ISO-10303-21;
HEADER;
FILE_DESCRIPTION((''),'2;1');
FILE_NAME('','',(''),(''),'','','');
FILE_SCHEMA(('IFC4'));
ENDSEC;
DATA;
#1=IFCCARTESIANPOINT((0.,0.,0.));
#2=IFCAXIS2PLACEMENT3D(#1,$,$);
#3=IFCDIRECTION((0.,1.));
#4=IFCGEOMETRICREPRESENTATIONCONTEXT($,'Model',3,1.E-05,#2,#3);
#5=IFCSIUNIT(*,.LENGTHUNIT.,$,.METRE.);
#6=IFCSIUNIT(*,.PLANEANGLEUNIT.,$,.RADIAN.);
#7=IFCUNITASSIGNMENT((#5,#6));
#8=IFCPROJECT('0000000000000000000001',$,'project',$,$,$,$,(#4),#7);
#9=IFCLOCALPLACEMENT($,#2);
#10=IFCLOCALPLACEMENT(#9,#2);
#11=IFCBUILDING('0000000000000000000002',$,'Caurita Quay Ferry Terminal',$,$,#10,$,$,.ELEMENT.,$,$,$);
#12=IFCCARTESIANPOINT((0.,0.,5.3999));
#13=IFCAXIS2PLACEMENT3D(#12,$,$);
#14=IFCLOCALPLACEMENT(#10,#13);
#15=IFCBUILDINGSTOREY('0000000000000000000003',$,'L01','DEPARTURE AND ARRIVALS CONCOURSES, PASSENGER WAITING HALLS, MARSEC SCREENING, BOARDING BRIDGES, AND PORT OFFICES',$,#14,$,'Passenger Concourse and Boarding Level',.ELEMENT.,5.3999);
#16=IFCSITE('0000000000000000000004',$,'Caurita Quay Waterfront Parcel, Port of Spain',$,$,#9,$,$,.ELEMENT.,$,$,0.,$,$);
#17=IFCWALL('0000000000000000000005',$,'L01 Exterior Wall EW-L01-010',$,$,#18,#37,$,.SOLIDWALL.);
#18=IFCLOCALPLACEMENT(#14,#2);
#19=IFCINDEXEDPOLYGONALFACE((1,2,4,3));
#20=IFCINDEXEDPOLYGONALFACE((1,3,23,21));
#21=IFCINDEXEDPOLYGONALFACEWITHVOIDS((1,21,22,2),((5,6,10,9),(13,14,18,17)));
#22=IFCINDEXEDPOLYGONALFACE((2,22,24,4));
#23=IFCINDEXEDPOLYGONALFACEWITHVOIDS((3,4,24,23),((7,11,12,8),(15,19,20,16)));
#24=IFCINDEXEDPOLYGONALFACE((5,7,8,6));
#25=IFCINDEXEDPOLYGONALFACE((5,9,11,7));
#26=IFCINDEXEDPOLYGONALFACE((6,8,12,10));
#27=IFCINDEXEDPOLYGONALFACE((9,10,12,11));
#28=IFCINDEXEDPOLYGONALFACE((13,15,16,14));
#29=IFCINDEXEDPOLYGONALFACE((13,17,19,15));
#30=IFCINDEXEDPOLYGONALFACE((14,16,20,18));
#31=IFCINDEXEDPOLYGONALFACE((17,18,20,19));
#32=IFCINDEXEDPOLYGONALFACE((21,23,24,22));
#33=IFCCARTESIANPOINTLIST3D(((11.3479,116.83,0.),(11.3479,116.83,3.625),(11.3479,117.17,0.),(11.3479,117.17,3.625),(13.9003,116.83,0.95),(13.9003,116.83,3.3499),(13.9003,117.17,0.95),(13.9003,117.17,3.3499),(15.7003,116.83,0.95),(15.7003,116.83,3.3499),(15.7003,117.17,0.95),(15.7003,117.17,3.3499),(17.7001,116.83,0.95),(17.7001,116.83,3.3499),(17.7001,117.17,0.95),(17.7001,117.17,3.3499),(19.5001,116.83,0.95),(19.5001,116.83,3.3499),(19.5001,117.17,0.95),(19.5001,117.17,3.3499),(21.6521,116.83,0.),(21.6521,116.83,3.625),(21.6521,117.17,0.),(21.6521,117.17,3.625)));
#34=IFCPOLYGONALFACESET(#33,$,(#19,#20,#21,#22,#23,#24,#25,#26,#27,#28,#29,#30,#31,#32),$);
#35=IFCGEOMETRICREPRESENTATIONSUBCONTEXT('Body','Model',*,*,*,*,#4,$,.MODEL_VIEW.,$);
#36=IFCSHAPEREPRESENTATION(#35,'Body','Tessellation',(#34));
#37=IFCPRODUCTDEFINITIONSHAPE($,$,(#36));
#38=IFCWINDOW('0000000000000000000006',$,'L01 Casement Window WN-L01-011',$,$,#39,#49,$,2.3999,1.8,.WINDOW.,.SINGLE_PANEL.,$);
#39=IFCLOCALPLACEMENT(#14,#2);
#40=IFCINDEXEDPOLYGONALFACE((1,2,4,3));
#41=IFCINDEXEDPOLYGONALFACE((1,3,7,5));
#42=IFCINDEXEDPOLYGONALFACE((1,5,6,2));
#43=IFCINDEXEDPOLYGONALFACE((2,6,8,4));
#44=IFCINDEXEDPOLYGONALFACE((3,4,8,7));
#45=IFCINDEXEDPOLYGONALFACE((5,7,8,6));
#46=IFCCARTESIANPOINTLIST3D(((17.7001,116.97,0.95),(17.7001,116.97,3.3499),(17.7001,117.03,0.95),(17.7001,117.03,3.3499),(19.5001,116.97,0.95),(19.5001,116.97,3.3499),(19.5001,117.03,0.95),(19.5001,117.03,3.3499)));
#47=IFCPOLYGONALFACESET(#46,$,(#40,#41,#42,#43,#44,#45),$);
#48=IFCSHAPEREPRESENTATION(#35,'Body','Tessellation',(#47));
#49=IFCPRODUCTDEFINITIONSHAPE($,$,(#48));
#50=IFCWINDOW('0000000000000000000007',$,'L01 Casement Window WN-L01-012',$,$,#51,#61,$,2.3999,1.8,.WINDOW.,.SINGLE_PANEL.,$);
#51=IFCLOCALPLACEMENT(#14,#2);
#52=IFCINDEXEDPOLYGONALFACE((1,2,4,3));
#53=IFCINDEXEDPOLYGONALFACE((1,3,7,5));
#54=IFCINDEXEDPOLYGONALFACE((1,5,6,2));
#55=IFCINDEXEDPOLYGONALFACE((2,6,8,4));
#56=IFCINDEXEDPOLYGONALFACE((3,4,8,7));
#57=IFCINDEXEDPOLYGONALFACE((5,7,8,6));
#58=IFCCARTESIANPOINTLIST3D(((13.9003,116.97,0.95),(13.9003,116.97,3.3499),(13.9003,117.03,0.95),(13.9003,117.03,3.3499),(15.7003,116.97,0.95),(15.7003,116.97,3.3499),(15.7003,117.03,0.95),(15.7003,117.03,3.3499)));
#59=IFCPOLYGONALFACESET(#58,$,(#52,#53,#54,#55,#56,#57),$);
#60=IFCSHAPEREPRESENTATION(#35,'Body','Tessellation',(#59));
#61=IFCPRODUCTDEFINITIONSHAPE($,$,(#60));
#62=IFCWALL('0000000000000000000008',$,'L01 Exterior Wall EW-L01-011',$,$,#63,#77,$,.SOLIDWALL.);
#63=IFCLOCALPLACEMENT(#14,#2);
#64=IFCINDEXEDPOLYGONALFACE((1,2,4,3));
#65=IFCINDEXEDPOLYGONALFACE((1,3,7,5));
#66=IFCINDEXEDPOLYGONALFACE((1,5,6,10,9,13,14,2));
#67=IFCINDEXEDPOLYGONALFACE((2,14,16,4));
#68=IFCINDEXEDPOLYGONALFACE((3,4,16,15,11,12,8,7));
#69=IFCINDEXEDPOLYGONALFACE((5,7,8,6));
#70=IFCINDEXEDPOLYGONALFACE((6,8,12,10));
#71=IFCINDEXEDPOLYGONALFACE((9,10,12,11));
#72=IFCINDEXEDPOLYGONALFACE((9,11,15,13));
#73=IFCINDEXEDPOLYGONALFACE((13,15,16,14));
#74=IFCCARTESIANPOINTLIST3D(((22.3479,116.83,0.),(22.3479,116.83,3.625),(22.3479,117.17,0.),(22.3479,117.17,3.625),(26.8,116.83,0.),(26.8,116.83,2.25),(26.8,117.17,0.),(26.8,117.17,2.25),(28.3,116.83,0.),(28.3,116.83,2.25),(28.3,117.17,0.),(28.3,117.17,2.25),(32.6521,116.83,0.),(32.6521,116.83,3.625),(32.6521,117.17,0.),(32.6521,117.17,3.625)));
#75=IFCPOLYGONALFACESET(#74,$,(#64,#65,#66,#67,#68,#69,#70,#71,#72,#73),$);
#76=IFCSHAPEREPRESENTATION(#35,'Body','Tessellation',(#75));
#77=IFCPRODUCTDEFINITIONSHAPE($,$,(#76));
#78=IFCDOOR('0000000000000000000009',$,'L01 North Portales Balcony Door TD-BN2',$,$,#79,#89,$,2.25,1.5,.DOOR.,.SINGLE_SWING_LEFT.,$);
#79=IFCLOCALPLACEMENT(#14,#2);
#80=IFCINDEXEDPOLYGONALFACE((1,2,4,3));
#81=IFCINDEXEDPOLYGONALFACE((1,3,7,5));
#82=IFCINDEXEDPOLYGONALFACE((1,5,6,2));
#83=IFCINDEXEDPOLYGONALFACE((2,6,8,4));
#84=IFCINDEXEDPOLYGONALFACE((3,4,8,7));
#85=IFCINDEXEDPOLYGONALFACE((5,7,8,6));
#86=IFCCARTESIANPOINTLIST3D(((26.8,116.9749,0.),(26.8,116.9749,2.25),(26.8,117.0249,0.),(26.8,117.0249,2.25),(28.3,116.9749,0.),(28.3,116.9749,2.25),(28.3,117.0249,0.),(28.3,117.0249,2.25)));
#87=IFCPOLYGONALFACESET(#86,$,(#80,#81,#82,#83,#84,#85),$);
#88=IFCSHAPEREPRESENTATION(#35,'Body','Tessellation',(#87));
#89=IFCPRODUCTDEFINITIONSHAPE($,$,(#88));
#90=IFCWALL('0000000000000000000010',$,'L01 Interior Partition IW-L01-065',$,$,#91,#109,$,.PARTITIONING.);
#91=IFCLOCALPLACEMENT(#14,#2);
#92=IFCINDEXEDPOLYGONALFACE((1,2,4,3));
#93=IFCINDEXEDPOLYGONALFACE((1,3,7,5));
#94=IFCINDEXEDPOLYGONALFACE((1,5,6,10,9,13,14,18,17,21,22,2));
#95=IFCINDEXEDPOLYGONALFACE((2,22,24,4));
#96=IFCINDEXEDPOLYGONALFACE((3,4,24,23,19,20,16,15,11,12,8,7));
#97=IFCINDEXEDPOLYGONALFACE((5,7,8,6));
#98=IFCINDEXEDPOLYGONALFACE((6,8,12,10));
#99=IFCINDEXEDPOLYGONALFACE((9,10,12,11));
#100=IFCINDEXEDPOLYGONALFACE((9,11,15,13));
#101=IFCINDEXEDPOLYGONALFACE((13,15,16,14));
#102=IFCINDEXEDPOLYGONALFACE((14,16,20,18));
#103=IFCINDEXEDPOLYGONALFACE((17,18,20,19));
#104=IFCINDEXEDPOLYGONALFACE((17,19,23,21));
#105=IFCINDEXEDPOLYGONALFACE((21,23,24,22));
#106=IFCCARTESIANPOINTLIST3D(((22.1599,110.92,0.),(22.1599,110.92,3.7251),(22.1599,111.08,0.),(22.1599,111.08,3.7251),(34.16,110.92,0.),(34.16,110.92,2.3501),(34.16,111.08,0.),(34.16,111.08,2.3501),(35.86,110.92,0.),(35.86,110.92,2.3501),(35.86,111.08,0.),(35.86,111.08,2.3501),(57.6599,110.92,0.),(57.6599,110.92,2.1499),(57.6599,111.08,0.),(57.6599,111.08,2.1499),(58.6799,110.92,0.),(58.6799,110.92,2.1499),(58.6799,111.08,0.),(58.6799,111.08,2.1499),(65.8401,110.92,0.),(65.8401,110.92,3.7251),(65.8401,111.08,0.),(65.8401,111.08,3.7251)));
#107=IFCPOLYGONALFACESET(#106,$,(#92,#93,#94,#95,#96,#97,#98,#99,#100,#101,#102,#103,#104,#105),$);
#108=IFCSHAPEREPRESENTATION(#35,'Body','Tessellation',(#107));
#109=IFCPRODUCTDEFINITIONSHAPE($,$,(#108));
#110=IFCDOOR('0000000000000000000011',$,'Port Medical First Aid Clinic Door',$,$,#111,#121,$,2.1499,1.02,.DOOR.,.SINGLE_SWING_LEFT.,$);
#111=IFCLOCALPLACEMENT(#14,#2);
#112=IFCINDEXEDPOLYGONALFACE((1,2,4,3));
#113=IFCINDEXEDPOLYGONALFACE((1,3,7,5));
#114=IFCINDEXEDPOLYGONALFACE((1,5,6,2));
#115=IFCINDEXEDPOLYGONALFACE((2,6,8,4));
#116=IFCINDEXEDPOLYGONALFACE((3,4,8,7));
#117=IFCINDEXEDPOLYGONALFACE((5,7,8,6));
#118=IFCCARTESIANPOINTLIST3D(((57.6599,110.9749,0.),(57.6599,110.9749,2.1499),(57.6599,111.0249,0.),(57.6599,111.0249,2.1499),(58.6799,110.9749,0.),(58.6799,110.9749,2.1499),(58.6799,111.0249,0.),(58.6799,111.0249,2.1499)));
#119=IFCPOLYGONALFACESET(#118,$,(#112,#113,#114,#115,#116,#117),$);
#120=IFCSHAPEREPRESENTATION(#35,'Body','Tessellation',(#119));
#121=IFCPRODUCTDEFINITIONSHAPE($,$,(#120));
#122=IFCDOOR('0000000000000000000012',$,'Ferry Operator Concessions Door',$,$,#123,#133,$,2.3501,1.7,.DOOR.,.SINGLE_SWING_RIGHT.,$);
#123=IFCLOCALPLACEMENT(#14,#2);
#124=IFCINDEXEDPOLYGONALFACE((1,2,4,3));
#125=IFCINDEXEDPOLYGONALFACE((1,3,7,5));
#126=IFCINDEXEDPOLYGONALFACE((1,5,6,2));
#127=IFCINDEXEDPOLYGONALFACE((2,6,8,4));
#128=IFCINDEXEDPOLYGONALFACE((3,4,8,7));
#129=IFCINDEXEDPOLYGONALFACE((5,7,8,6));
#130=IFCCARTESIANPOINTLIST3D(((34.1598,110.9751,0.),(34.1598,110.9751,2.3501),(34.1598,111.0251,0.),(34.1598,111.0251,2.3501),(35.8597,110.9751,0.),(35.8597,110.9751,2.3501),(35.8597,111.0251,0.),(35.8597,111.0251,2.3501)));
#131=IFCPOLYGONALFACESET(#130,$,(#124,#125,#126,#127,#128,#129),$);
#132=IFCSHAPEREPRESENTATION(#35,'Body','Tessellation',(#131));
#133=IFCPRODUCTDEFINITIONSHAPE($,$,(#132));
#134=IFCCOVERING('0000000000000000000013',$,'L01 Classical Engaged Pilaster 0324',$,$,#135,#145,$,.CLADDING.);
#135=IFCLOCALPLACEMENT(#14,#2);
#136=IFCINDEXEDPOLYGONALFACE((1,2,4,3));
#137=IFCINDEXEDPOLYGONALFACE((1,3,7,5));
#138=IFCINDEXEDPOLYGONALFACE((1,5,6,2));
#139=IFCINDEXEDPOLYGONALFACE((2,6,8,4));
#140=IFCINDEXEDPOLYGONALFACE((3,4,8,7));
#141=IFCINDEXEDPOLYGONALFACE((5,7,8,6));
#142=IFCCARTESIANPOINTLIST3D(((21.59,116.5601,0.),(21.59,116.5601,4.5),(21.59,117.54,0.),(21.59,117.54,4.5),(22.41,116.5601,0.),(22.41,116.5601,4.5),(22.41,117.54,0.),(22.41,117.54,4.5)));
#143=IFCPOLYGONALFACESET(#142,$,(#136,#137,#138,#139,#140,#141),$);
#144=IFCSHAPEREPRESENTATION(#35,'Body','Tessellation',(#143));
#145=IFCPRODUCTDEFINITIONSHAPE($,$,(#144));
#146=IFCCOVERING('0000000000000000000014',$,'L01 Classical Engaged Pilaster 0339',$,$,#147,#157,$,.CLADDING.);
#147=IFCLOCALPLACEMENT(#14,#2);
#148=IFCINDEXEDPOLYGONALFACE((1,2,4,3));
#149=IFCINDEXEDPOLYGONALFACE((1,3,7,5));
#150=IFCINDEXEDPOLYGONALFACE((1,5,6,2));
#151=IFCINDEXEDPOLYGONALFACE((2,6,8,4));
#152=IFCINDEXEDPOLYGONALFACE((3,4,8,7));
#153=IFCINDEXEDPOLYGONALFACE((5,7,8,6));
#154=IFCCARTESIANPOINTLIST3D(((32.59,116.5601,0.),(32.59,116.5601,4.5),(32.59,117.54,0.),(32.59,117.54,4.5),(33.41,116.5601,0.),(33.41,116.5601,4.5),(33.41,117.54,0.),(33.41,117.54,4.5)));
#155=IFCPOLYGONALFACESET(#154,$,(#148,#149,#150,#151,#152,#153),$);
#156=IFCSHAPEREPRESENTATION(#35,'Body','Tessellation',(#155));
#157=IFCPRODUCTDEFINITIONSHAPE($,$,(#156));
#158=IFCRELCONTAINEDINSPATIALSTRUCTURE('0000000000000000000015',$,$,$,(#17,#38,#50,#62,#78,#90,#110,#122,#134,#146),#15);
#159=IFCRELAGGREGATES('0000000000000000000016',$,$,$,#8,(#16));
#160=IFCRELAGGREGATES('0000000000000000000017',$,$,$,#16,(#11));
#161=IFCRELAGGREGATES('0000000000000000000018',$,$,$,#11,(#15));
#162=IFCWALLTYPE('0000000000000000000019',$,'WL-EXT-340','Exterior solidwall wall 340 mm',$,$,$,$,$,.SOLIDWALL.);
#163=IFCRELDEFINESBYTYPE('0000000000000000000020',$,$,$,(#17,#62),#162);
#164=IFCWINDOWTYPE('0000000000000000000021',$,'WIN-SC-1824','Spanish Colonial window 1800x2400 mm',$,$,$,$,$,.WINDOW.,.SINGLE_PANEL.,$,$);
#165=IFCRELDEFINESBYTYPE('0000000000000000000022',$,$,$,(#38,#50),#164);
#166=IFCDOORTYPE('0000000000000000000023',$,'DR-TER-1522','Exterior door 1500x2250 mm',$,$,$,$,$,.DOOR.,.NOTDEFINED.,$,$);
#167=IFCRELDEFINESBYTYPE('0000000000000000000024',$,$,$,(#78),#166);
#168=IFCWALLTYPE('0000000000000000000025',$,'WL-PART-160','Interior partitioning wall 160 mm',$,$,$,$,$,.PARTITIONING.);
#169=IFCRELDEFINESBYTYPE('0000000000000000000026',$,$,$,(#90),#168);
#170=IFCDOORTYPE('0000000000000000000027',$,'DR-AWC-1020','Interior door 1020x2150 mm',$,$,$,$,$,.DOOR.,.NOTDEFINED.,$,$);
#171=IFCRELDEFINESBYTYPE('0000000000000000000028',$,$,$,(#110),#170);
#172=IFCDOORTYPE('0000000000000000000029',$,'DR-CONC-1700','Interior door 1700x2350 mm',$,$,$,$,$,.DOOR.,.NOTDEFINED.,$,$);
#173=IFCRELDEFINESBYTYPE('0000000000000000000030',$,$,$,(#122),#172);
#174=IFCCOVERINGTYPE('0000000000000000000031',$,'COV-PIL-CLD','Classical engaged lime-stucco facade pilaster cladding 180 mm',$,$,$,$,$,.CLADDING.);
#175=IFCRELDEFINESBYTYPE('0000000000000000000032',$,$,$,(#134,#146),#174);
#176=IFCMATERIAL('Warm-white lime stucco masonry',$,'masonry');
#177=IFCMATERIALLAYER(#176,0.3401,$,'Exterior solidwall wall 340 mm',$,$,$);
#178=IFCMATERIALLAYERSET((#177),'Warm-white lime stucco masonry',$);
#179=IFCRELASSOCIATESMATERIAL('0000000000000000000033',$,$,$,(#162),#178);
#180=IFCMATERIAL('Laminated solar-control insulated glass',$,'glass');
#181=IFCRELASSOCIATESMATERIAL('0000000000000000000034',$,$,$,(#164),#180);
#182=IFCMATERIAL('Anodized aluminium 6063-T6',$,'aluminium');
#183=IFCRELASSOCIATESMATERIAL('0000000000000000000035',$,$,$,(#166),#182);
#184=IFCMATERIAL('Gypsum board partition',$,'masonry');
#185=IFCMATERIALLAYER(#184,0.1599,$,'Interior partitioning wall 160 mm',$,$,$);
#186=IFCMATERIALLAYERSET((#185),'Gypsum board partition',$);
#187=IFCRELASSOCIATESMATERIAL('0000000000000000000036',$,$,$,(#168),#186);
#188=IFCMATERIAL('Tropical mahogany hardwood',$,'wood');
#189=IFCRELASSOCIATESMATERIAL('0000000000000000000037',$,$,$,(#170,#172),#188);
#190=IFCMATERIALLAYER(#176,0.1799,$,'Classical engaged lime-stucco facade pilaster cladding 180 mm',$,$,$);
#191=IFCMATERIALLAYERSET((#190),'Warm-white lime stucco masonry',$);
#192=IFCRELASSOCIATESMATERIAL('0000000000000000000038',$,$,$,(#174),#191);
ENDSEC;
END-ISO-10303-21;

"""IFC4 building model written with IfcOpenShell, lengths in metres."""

from ifc_helpers import new_model, si_unit, direction, frame, frame_2d, origin, origin_2d, place, context, subcontext, project, spatial, rectangle, extrude, material, layer, layer_set, type_object, element, fill, save


model = new_model("IFC4")

# Units and contexts
model_context = context("Model", 3, precision=1e-05, world=origin(), true_north=direction((0.0, 1.0)))
body_context = subcontext(model_context, "Body", "Model", "MODEL_VIEW")
ifc_project = project(units=[si_unit("LENGTHUNIT", "METRE"), si_unit("PLANEANGLEUNIT", "RADIAN")], contexts=[model_context])

# Site, building, storey
site_placement = place(None, origin())
site = spatial("IfcSite", under=ifc_project, at=site_placement, Name="Caurita Quay Waterfront Parcel, Port of Spain", CompositionType="ELEMENT", RefElevation=0.0)
building_placement = place(site_placement, origin())
building = spatial("IfcBuilding", under=site, at=building_placement, Name="Caurita Quay Ferry Terminal", CompositionType="ELEMENT")
storey_placement = place(building_placement, frame((0.0, 0.0, 5.3999)))
storey = spatial("IfcBuildingStorey", under=building, at=storey_placement, Name="L01", Description="DEPARTURE AND ARRIVALS CONCOURSES, PASSENGER WAITING HALLS, MARSEC SCREENING, BOARDING BRIDGES, AND PORT OFFICES", LongName="Passenger Concourse and Boarding Level", CompositionType="ELEMENT", Elevation=5.3999)

# Shared definitions
ifc_material_1 = material(Name="Laminated solar-control insulated glass", Category="glass")
ifc_material_2 = material(Name="Anodized aluminium 6063-T6", Category="aluminium")

# Wall, openings, windows
ifc_material_3 = material(Name="Warm-white lime stucco masonry", Category="masonry")
ifc_layer_1 = layer(ifc_material_3, 0.3401, Name="Exterior solidwall wall 340 mm")
ifc_layer_set_1 = layer_set([ifc_layer_1], Name="Warm-white lime stucco masonry")
wall_type_1 = type_object("IfcWallType", Name="WL-EXT-340", Description="Exterior solidwall wall 340 mm", PredefinedType="SOLIDWALL", material=ifc_layer_set_1)
wall_1_placement = place(storey_placement, frame((21.6521, 117.0, 0.0), z_axis=(0.0, 0.0, 1.0), x_axis=(-1.0, 0.0, 0.0)))
wall_1 = element("IfcWall", 1, at=wall_1_placement, inside=storey, type_object=wall_type_1, Name="L01 Exterior Wall EW-L01-010", PredefinedType="SOLIDWALL", context=body_context, shape_type="SweptSolid", body=[
    extrude(rectangle(XDim=10.3042, YDim=0.3401, at=frame_2d((5.1521, 0.0))), origin(), (0.0, 0.0, 1.0), 3.625),
])
opening_1_placement = place(wall_1_placement, frame((2.1521, 0.0, 0.95)))
opening_1 = element("IfcOpeningElement", 2, at=opening_1_placement, cuts=wall_1, PredefinedType="OPENING", context=body_context, shape_type="SweptSolid", body=[
    extrude(rectangle(XDim=1.8, YDim=2.3999, at=frame_2d((0.8999, 1.2))), frame((0.0, 0.1799, 0.0), z_axis=(0.0, -1.0, 0.0), x_axis=(1.0, 0.0, 0.0)), (0.0, 0.0, 1.0), 0.3601),
])
opening_2_placement = place(wall_1_placement, frame((5.9519, 0.0, 0.95)))
opening_2 = element("IfcOpeningElement", 3, at=opening_2_placement, cuts=wall_1, PredefinedType="OPENING", context=body_context, shape_type="SweptSolid", body=[
    extrude(rectangle(XDim=1.8, YDim=2.3999, at=frame_2d((0.8999, 1.2))), frame((0.0, 0.1799, 0.0), z_axis=(0.0, -1.0, 0.0), x_axis=(1.0, 0.0, 0.0)), (0.0, 0.0, 1.0), 0.3601),
])
window_type = type_object("IfcWindowType", Name="WIN-SC-1824", Description="Spanish Colonial window 1800x2400 mm", PartitioningType="SINGLE_PANEL", PredefinedType="WINDOW", material=ifc_material_1)
window_1_placement = place(opening_1_placement, origin())
window_1 = element("IfcWindow", 4, at=window_1_placement, inside=storey, type_object=window_type, Name="L01 Casement Window WN-L01-011", OverallHeight=2.3999, OverallWidth=1.8, PartitioningType="SINGLE_PANEL", PredefinedType="WINDOW", context=body_context, shape_type="SweptSolid", body=[
    extrude(rectangle(XDim=1.8, YDim=2.3999, at=frame_2d((0.8999, 1.2))), frame((0.0, 0.03, 0.0), z_axis=(0.0, -1.0, 0.0), x_axis=(1.0, 0.0, 0.0)), (0.0, 0.0, 1.0), 0.0601),
])
fill(opening_1, window_1)
window_2_placement = place(opening_2_placement, origin())
window_2 = element("IfcWindow", 5, at=window_2_placement, inside=storey, type_object=window_type, Name="L01 Casement Window WN-L01-012", OverallHeight=2.3999, OverallWidth=1.8, PartitioningType="SINGLE_PANEL", PredefinedType="WINDOW", context=body_context, shape_type="SweptSolid", body=[
    extrude(rectangle(XDim=1.8, YDim=2.3999, at=frame_2d((0.8999, 1.2))), frame((0.0, 0.03, 0.0), z_axis=(0.0, -1.0, 0.0), x_axis=(1.0, 0.0, 0.0)), (0.0, 0.0, 1.0), 0.0601),
])
fill(opening_2, window_2)

# Wall, opening, door
wall_2_placement = place(storey_placement, frame((32.6521, 117.0, 0.0), z_axis=(0.0, 0.0, 1.0), x_axis=(-1.0, 0.0, 0.0)))
wall_2 = element("IfcWall", 6, at=wall_2_placement, inside=storey, type_object=wall_type_1, Name="L01 Exterior Wall EW-L01-011", PredefinedType="SOLIDWALL", context=body_context, shape_type="SweptSolid", body=[
    extrude(rectangle(XDim=10.3042, YDim=0.3401, at=frame_2d((5.1521, 0.0))), origin(), (0.0, 0.0, 1.0), 3.625),
])
opening_3_placement = place(wall_2_placement, frame((4.3521, 0.0, 0.0)))
opening_3 = element("IfcOpeningElement", 7, at=opening_3_placement, cuts=wall_2, PredefinedType="OPENING", context=body_context, shape_type="SweptSolid", body=[
    extrude(rectangle(XDim=1.5, YDim=2.25, at=frame_2d((0.75, 1.125))), frame((0.0, 0.1799, 0.0), z_axis=(0.0, -1.0, 0.0), x_axis=(1.0, 0.0, 0.0)), (0.0, 0.0, 1.0), 0.3601),
])
door_type_1 = type_object("IfcDoorType", Name="DR-TER-1522", Description="Exterior door 1500x2250 mm", OperationType="NOTDEFINED", PredefinedType="DOOR", material=ifc_material_2)
door_1_placement = place(opening_3_placement, frame((1.5, 0.0, 0.0), z_axis=(0.0, 0.0, 1.0), x_axis=(-1.0, 0.0, 0.0)))
door_1 = element("IfcDoor", 8, at=door_1_placement, inside=storey, type_object=door_type_1, Name="L01 North Portales Balcony Door TD-BN2", OperationType="SINGLE_SWING_LEFT", OverallHeight=2.25, OverallWidth=1.5, PredefinedType="DOOR", context=body_context, shape_type="SweptSolid", body=[
    extrude(rectangle(XDim=1.5, YDim=2.25, at=frame_2d((0.75, 1.125))), frame((0.0, 0.0249, 0.0), z_axis=(0.0, -1.0, 0.0), x_axis=(1.0, 0.0, 0.0)), (0.0, 0.0, 1.0), 0.05),
])
fill(opening_3, door_1)

# Wall, openings, doors
ifc_material_4 = material(Name="Gypsum board partition", Category="masonry")
ifc_layer_2 = layer(ifc_material_4, 0.1599, Name="Interior partitioning wall 160 mm")
ifc_layer_set_2 = layer_set([ifc_layer_2], Name="Gypsum board partition")
wall_type_2 = type_object("IfcWallType", Name="WL-PART-160", Description="Interior partitioning wall 160 mm", PredefinedType="PARTITIONING", material=ifc_layer_set_2)
wall_3_placement = place(storey_placement, frame((22.1599, 111.0, 0.0), z_axis=(0.0, 0.0, 1.0), x_axis=(1.0, 0.0, 0.0)))
wall_3 = element("IfcWall", 9, at=wall_3_placement, inside=storey, type_object=wall_type_2, Name="L01 Interior Partition IW-L01-065", PredefinedType="PARTITIONING", context=body_context, shape_type="SweptSolid", body=[
    extrude(rectangle(XDim=43.6802, YDim=0.1599, at=frame_2d((21.8401, 0.0))), origin(), (0.0, 0.0, 1.0), 3.7251),
])
opening_4_placement = place(wall_3_placement, frame((12.0, 0.0, 0.0)))
opening_4 = element("IfcOpeningElement", 10, at=opening_4_placement, cuts=wall_3, PredefinedType="OPENING", context=body_context, shape_type="SweptSolid", body=[
    extrude(rectangle(XDim=1.7, YDim=2.3501, at=frame_2d((0.8501, 1.175))), frame((0.0, 0.0898, 0.0), z_axis=(0.0, -1.0, 0.0), x_axis=(1.0, 0.0, 0.0)), (0.0, 0.0, 1.0), 0.1799),
])
opening_5_placement = place(wall_3_placement, frame((35.5, 0.0, 0.0)))
opening_5 = element("IfcOpeningElement", 11, at=opening_5_placement, cuts=wall_3, PredefinedType="OPENING", context=body_context, shape_type="SweptSolid", body=[
    extrude(rectangle(XDim=1.02, YDim=2.1499, at=frame_2d((0.51, 1.075))), frame((0.0, 0.0898, 0.0), z_axis=(0.0, -1.0, 0.0), x_axis=(1.0, 0.0, 0.0)), (0.0, 0.0, 1.0), 0.1799),
])
ifc_material_5 = material(Name="Tropical mahogany hardwood", Category="wood")
door_type_2 = type_object("IfcDoorType", Name="DR-AWC-1020", Description="Interior door 1020x2150 mm", OperationType="NOTDEFINED", PredefinedType="DOOR", material=ifc_material_5)
door_2_placement = place(opening_5_placement, origin())
door_2 = element("IfcDoor", 12, at=door_2_placement, inside=storey, type_object=door_type_2, Name="Port Medical First Aid Clinic Door", OperationType="SINGLE_SWING_LEFT", OverallHeight=2.1499, OverallWidth=1.02, PredefinedType="DOOR", context=body_context, shape_type="SweptSolid", body=[
    extrude(rectangle(XDim=1.02, YDim=2.1499, at=frame_2d((0.51, 1.075))), frame((0.0, 0.0249, 0.0), z_axis=(0.0, -1.0, 0.0), x_axis=(1.0, 0.0, 0.0)), (0.0, 0.0, 1.0), 0.05),
])
fill(opening_5, door_2)
door_type_3 = type_object("IfcDoorType", Name="DR-CONC-1700", Description="Interior door 1700x2350 mm", OperationType="NOTDEFINED", PredefinedType="DOOR", material=ifc_material_5)
door_3_placement = place(opening_4_placement, frame((1.7, 0.0, 0.0), z_axis=(0.0, 0.0, 1.0), x_axis=(-1.0, 0.0, 0.0)))
door_3 = element("IfcDoor", 13, at=door_3_placement, inside=storey, type_object=door_type_3, Name="Ferry Operator Concessions Door", OperationType="SINGLE_SWING_RIGHT", OverallHeight=2.3501, OverallWidth=1.7, PredefinedType="DOOR", context=body_context, shape_type="SweptSolid", body=[
    extrude(rectangle(XDim=1.7, YDim=2.3501, at=frame_2d((0.8501, 1.175))), frame((0.0, 0.0249, 0.0), z_axis=(0.0, -1.0, 0.0), x_axis=(1.0, 0.0, 0.0)), (0.0, 0.0, 1.0), 0.05),
])
fill(opening_4, door_3)

# Coverings
ifc_layer_3 = layer(ifc_material_3, 0.1799, Name="Classical engaged lime-stucco facade pilaster cladding 180 mm")
ifc_layer_set_3 = layer_set([ifc_layer_3], Name="Warm-white lime stucco masonry")
covering_type = type_object("IfcCoveringType", Name="COV-PIL-CLD", Description="Classical engaged lime-stucco facade pilaster cladding 180 mm", PredefinedType="CLADDING", material=ifc_layer_set_3)
for number, where, z_axis, x_axis, name in (
    (14, (22.0, 117.05, 0.0), (0.0, 0.0, 1.0), (1.0, 0.0, 0.0), "L01 Classical Engaged Pilaster 0324"),
    (15, (33.0, 117.05, 0.0), (0.0, 0.0, 1.0), (1.0, 0.0, 0.0), "L01 Classical Engaged Pilaster 0339"),
):
    element("IfcCovering", number, at=place(storey_placement, frame(where, z_axis=z_axis, x_axis=x_axis)), inside=storey, type_object=covering_type, Name=name, PredefinedType="CLADDING", context=body_context, shape_type="SweptSolid", body=[
        extrude(rectangle(XDim=0.8201, YDim=0.98, at=origin_2d()), origin(), (0.0, 0.0, 1.0), 4.5),
    ])

save(model, "model.ifc")
